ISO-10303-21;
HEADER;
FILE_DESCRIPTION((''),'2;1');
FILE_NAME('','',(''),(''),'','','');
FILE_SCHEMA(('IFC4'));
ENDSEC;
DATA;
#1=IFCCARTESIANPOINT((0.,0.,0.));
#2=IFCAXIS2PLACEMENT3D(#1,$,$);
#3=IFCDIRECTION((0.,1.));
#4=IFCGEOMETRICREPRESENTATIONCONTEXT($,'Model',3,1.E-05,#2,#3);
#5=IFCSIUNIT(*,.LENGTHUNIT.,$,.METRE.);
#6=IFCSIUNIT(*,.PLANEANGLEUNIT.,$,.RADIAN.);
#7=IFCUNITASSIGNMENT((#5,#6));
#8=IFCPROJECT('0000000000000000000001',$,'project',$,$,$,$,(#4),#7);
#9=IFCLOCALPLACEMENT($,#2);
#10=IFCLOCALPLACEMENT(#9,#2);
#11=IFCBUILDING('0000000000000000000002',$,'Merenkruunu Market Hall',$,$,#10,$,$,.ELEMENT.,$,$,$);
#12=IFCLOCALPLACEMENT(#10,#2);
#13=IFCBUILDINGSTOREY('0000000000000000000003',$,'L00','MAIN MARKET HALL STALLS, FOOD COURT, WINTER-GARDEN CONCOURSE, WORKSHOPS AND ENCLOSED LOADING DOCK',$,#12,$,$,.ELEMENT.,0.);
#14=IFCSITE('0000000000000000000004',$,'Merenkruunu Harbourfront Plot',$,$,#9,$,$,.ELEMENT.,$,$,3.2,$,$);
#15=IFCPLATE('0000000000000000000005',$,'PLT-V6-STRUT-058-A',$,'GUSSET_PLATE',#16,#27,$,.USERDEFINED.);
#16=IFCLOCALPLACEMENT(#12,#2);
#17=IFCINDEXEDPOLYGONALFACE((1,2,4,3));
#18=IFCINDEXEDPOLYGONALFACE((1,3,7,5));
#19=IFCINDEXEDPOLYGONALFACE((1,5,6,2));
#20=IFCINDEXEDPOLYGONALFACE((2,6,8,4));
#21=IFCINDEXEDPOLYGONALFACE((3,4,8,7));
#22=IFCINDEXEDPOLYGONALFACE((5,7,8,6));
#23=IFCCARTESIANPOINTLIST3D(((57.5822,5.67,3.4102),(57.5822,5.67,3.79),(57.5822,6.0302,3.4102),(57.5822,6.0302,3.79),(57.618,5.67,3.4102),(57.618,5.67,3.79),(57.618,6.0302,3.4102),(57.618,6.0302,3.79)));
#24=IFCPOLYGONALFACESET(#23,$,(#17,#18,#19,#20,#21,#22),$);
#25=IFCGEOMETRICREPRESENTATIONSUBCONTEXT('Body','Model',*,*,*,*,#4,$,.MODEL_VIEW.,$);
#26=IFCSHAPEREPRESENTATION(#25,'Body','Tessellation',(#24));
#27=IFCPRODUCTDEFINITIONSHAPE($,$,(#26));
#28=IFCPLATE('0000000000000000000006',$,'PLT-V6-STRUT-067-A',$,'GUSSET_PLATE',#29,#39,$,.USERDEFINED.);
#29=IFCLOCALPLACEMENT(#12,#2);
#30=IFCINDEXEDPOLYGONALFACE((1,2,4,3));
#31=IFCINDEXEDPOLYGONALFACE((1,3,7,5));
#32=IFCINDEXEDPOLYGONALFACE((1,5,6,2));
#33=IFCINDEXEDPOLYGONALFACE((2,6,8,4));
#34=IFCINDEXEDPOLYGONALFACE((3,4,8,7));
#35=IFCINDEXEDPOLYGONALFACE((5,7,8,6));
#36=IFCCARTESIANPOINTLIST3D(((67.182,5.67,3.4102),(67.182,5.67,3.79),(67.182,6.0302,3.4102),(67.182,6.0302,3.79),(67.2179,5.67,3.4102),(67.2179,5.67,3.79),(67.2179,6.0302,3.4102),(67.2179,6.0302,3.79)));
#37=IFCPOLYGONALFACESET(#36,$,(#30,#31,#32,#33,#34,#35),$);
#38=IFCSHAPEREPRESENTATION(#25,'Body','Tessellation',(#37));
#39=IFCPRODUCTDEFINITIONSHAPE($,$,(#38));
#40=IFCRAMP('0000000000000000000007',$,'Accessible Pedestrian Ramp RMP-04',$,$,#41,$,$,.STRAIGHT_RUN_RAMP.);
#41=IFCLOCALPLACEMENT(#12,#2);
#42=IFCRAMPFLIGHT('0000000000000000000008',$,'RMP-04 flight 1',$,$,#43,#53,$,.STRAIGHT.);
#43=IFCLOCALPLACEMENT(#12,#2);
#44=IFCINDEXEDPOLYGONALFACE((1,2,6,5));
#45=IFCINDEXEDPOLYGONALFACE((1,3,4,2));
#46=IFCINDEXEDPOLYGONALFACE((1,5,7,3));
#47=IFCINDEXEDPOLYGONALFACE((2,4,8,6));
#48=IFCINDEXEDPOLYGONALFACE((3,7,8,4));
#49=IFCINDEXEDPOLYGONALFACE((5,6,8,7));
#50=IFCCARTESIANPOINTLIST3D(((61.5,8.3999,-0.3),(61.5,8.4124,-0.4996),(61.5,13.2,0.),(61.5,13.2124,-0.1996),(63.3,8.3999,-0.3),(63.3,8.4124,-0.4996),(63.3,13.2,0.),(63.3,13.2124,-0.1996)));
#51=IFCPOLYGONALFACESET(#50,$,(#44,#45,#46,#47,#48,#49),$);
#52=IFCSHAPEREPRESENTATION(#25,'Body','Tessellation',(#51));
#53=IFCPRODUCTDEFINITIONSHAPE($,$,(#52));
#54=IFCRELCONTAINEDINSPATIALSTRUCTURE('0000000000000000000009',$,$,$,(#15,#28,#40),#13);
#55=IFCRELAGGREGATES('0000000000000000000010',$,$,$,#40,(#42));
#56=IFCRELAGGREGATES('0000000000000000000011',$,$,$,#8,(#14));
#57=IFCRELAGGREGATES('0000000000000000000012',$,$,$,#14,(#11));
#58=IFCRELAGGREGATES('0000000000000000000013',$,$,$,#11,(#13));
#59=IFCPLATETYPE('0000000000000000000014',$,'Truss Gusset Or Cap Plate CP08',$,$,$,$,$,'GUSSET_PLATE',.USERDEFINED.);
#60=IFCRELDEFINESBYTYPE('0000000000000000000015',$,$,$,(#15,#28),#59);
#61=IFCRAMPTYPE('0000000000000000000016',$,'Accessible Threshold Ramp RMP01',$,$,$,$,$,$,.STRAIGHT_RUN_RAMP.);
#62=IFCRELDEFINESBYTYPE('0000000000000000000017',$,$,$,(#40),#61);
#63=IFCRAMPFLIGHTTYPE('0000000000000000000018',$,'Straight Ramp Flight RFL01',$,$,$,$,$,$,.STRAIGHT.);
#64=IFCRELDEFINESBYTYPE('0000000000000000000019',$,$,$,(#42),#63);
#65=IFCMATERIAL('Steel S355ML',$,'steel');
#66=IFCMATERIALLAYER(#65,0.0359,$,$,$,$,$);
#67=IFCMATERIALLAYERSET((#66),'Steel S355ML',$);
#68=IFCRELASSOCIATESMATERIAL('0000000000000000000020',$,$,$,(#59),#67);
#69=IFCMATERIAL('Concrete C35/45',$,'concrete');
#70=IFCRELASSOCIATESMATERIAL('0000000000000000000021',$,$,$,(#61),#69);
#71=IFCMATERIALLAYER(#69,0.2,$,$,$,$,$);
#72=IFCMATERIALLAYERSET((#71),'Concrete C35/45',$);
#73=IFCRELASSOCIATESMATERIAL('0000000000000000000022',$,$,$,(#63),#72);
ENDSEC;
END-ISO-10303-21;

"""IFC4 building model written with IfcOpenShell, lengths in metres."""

from ifc_helpers import new_model, si_unit, direction, frame, origin, origin_2d, place, context, subcontext, project, spatial, polyline, rectangle, outline, extrude, material, layer, layer_set, type_object, element, aggregate, save


model = new_model("IFC4")

# Units and contexts
model_context = context("Model", 3, precision=1e-05, world=origin(), true_north=direction((0.0, 1.0)))
body_context = subcontext(model_context, "Body", "Model", "MODEL_VIEW")
ifc_project = project(units=[si_unit("LENGTHUNIT", "METRE"), si_unit("PLANEANGLEUNIT", "RADIAN")], contexts=[model_context])

# Site, building, storey
site_placement = place(None, origin())
site = spatial("IfcSite", under=ifc_project, at=site_placement, Name="Merenkruunu Harbourfront Plot", CompositionType="ELEMENT", RefElevation=3.2)
building_placement = place(site_placement, origin())
building = spatial("IfcBuilding", under=site, at=building_placement, Name="Merenkruunu Market Hall", CompositionType="ELEMENT")
storey_placement = place(building_placement, origin())
storey = spatial("IfcBuildingStorey", under=building, at=storey_placement, Name="L00", Description="MAIN MARKET HALL STALLS, FOOD COURT, WINTER-GARDEN CONCOURSE, WORKSHOPS AND ENCLOSED LOADING DOCK", CompositionType="ELEMENT", Elevation=0.0)

# Shared definitions
ifc_material_1 = material(Name="Steel S355ML", Category="steel")

# Plates
ifc_layer_1 = layer(ifc_material_1, 0.0359)
ifc_layer_set_1 = layer_set([ifc_layer_1], Name="Steel S355ML")
plate_type_1 = type_object("IfcPlateType", Name="Truss Gusset Or Cap Plate CP08", ElementType="GUSSET_PLATE", PredefinedType="USERDEFINED", material=ifc_layer_set_1)
for number, where, z_axis, x_axis, name in (
    (1, (57.6001, 5.8501, 3.4102), (0.0, 0.0, 1.0), (1.0, 0.0, 0.0), "PLT-V6-STRUT-058-A"),
    (2, (67.2, 5.8501, 3.4102), (0.0, 0.0, 1.0), (1.0, 0.0, 0.0), "PLT-V6-STRUT-067-A"),
):
    element("IfcPlate", number, at=place(storey_placement, frame(where, z_axis=z_axis, x_axis=x_axis)), inside=storey, type_object=plate_type_1, Name=name, ObjectType="GUSSET_PLATE", PredefinedType="USERDEFINED", context=body_context, shape_type="SweptSolid", body=[
        extrude(rectangle(XDim=0.0359, YDim=0.3601, at=origin_2d()), origin(), (0.0, 0.0, 1.0), 0.3799),
    ])

# Ramp, ramp flight
ifc_material_2 = material(Name="Concrete C35/45", Category="concrete")
ramp_type = type_object("IfcRampType", Name="Accessible Threshold Ramp RMP01", PredefinedType="STRAIGHT_RUN_RAMP", material=ifc_material_2)
ramp_placement = place(storey_placement, origin())
ramp = element("IfcRamp", 3, at=ramp_placement, inside=storey, type_object=ramp_type, Name="Accessible Pedestrian Ramp RMP-04", PredefinedType="STRAIGHT_RUN_RAMP")
ifc_layer_2 = layer(ifc_material_2, 0.2)
ifc_layer_set_2 = layer_set([ifc_layer_2], Name="Concrete C35/45")
ramp_flight_type = type_object("IfcRampFlightType", Name="Straight Ramp Flight RFL01", PredefinedType="STRAIGHT", material=ifc_layer_set_2)
ramp_flight_placement = place(storey_placement, frame((61.5, 8.3999, -0.3), z_axis=(0.0, -0.062388, 0.998052), x_axis=(1.0, 0.0, 0.0)))
ramp_flight = element("IfcRampFlight", 4, at=ramp_flight_placement, type_object=ramp_flight_type, Name="RMP-04 flight 1", PredefinedType="STRAIGHT", context=body_context, shape_type="SweptSolid", body=[
    extrude(outline(polyline([(0.0, 0.0), (1.8, 0.0), (1.8, 4.8094), (0.0, 4.8094), (0.0, 0.0)])), origin(), (0.0, 0.0, -1.0), 0.2),
])
aggregate(ramp, [ramp_flight])

save(model, "model.ifc")
